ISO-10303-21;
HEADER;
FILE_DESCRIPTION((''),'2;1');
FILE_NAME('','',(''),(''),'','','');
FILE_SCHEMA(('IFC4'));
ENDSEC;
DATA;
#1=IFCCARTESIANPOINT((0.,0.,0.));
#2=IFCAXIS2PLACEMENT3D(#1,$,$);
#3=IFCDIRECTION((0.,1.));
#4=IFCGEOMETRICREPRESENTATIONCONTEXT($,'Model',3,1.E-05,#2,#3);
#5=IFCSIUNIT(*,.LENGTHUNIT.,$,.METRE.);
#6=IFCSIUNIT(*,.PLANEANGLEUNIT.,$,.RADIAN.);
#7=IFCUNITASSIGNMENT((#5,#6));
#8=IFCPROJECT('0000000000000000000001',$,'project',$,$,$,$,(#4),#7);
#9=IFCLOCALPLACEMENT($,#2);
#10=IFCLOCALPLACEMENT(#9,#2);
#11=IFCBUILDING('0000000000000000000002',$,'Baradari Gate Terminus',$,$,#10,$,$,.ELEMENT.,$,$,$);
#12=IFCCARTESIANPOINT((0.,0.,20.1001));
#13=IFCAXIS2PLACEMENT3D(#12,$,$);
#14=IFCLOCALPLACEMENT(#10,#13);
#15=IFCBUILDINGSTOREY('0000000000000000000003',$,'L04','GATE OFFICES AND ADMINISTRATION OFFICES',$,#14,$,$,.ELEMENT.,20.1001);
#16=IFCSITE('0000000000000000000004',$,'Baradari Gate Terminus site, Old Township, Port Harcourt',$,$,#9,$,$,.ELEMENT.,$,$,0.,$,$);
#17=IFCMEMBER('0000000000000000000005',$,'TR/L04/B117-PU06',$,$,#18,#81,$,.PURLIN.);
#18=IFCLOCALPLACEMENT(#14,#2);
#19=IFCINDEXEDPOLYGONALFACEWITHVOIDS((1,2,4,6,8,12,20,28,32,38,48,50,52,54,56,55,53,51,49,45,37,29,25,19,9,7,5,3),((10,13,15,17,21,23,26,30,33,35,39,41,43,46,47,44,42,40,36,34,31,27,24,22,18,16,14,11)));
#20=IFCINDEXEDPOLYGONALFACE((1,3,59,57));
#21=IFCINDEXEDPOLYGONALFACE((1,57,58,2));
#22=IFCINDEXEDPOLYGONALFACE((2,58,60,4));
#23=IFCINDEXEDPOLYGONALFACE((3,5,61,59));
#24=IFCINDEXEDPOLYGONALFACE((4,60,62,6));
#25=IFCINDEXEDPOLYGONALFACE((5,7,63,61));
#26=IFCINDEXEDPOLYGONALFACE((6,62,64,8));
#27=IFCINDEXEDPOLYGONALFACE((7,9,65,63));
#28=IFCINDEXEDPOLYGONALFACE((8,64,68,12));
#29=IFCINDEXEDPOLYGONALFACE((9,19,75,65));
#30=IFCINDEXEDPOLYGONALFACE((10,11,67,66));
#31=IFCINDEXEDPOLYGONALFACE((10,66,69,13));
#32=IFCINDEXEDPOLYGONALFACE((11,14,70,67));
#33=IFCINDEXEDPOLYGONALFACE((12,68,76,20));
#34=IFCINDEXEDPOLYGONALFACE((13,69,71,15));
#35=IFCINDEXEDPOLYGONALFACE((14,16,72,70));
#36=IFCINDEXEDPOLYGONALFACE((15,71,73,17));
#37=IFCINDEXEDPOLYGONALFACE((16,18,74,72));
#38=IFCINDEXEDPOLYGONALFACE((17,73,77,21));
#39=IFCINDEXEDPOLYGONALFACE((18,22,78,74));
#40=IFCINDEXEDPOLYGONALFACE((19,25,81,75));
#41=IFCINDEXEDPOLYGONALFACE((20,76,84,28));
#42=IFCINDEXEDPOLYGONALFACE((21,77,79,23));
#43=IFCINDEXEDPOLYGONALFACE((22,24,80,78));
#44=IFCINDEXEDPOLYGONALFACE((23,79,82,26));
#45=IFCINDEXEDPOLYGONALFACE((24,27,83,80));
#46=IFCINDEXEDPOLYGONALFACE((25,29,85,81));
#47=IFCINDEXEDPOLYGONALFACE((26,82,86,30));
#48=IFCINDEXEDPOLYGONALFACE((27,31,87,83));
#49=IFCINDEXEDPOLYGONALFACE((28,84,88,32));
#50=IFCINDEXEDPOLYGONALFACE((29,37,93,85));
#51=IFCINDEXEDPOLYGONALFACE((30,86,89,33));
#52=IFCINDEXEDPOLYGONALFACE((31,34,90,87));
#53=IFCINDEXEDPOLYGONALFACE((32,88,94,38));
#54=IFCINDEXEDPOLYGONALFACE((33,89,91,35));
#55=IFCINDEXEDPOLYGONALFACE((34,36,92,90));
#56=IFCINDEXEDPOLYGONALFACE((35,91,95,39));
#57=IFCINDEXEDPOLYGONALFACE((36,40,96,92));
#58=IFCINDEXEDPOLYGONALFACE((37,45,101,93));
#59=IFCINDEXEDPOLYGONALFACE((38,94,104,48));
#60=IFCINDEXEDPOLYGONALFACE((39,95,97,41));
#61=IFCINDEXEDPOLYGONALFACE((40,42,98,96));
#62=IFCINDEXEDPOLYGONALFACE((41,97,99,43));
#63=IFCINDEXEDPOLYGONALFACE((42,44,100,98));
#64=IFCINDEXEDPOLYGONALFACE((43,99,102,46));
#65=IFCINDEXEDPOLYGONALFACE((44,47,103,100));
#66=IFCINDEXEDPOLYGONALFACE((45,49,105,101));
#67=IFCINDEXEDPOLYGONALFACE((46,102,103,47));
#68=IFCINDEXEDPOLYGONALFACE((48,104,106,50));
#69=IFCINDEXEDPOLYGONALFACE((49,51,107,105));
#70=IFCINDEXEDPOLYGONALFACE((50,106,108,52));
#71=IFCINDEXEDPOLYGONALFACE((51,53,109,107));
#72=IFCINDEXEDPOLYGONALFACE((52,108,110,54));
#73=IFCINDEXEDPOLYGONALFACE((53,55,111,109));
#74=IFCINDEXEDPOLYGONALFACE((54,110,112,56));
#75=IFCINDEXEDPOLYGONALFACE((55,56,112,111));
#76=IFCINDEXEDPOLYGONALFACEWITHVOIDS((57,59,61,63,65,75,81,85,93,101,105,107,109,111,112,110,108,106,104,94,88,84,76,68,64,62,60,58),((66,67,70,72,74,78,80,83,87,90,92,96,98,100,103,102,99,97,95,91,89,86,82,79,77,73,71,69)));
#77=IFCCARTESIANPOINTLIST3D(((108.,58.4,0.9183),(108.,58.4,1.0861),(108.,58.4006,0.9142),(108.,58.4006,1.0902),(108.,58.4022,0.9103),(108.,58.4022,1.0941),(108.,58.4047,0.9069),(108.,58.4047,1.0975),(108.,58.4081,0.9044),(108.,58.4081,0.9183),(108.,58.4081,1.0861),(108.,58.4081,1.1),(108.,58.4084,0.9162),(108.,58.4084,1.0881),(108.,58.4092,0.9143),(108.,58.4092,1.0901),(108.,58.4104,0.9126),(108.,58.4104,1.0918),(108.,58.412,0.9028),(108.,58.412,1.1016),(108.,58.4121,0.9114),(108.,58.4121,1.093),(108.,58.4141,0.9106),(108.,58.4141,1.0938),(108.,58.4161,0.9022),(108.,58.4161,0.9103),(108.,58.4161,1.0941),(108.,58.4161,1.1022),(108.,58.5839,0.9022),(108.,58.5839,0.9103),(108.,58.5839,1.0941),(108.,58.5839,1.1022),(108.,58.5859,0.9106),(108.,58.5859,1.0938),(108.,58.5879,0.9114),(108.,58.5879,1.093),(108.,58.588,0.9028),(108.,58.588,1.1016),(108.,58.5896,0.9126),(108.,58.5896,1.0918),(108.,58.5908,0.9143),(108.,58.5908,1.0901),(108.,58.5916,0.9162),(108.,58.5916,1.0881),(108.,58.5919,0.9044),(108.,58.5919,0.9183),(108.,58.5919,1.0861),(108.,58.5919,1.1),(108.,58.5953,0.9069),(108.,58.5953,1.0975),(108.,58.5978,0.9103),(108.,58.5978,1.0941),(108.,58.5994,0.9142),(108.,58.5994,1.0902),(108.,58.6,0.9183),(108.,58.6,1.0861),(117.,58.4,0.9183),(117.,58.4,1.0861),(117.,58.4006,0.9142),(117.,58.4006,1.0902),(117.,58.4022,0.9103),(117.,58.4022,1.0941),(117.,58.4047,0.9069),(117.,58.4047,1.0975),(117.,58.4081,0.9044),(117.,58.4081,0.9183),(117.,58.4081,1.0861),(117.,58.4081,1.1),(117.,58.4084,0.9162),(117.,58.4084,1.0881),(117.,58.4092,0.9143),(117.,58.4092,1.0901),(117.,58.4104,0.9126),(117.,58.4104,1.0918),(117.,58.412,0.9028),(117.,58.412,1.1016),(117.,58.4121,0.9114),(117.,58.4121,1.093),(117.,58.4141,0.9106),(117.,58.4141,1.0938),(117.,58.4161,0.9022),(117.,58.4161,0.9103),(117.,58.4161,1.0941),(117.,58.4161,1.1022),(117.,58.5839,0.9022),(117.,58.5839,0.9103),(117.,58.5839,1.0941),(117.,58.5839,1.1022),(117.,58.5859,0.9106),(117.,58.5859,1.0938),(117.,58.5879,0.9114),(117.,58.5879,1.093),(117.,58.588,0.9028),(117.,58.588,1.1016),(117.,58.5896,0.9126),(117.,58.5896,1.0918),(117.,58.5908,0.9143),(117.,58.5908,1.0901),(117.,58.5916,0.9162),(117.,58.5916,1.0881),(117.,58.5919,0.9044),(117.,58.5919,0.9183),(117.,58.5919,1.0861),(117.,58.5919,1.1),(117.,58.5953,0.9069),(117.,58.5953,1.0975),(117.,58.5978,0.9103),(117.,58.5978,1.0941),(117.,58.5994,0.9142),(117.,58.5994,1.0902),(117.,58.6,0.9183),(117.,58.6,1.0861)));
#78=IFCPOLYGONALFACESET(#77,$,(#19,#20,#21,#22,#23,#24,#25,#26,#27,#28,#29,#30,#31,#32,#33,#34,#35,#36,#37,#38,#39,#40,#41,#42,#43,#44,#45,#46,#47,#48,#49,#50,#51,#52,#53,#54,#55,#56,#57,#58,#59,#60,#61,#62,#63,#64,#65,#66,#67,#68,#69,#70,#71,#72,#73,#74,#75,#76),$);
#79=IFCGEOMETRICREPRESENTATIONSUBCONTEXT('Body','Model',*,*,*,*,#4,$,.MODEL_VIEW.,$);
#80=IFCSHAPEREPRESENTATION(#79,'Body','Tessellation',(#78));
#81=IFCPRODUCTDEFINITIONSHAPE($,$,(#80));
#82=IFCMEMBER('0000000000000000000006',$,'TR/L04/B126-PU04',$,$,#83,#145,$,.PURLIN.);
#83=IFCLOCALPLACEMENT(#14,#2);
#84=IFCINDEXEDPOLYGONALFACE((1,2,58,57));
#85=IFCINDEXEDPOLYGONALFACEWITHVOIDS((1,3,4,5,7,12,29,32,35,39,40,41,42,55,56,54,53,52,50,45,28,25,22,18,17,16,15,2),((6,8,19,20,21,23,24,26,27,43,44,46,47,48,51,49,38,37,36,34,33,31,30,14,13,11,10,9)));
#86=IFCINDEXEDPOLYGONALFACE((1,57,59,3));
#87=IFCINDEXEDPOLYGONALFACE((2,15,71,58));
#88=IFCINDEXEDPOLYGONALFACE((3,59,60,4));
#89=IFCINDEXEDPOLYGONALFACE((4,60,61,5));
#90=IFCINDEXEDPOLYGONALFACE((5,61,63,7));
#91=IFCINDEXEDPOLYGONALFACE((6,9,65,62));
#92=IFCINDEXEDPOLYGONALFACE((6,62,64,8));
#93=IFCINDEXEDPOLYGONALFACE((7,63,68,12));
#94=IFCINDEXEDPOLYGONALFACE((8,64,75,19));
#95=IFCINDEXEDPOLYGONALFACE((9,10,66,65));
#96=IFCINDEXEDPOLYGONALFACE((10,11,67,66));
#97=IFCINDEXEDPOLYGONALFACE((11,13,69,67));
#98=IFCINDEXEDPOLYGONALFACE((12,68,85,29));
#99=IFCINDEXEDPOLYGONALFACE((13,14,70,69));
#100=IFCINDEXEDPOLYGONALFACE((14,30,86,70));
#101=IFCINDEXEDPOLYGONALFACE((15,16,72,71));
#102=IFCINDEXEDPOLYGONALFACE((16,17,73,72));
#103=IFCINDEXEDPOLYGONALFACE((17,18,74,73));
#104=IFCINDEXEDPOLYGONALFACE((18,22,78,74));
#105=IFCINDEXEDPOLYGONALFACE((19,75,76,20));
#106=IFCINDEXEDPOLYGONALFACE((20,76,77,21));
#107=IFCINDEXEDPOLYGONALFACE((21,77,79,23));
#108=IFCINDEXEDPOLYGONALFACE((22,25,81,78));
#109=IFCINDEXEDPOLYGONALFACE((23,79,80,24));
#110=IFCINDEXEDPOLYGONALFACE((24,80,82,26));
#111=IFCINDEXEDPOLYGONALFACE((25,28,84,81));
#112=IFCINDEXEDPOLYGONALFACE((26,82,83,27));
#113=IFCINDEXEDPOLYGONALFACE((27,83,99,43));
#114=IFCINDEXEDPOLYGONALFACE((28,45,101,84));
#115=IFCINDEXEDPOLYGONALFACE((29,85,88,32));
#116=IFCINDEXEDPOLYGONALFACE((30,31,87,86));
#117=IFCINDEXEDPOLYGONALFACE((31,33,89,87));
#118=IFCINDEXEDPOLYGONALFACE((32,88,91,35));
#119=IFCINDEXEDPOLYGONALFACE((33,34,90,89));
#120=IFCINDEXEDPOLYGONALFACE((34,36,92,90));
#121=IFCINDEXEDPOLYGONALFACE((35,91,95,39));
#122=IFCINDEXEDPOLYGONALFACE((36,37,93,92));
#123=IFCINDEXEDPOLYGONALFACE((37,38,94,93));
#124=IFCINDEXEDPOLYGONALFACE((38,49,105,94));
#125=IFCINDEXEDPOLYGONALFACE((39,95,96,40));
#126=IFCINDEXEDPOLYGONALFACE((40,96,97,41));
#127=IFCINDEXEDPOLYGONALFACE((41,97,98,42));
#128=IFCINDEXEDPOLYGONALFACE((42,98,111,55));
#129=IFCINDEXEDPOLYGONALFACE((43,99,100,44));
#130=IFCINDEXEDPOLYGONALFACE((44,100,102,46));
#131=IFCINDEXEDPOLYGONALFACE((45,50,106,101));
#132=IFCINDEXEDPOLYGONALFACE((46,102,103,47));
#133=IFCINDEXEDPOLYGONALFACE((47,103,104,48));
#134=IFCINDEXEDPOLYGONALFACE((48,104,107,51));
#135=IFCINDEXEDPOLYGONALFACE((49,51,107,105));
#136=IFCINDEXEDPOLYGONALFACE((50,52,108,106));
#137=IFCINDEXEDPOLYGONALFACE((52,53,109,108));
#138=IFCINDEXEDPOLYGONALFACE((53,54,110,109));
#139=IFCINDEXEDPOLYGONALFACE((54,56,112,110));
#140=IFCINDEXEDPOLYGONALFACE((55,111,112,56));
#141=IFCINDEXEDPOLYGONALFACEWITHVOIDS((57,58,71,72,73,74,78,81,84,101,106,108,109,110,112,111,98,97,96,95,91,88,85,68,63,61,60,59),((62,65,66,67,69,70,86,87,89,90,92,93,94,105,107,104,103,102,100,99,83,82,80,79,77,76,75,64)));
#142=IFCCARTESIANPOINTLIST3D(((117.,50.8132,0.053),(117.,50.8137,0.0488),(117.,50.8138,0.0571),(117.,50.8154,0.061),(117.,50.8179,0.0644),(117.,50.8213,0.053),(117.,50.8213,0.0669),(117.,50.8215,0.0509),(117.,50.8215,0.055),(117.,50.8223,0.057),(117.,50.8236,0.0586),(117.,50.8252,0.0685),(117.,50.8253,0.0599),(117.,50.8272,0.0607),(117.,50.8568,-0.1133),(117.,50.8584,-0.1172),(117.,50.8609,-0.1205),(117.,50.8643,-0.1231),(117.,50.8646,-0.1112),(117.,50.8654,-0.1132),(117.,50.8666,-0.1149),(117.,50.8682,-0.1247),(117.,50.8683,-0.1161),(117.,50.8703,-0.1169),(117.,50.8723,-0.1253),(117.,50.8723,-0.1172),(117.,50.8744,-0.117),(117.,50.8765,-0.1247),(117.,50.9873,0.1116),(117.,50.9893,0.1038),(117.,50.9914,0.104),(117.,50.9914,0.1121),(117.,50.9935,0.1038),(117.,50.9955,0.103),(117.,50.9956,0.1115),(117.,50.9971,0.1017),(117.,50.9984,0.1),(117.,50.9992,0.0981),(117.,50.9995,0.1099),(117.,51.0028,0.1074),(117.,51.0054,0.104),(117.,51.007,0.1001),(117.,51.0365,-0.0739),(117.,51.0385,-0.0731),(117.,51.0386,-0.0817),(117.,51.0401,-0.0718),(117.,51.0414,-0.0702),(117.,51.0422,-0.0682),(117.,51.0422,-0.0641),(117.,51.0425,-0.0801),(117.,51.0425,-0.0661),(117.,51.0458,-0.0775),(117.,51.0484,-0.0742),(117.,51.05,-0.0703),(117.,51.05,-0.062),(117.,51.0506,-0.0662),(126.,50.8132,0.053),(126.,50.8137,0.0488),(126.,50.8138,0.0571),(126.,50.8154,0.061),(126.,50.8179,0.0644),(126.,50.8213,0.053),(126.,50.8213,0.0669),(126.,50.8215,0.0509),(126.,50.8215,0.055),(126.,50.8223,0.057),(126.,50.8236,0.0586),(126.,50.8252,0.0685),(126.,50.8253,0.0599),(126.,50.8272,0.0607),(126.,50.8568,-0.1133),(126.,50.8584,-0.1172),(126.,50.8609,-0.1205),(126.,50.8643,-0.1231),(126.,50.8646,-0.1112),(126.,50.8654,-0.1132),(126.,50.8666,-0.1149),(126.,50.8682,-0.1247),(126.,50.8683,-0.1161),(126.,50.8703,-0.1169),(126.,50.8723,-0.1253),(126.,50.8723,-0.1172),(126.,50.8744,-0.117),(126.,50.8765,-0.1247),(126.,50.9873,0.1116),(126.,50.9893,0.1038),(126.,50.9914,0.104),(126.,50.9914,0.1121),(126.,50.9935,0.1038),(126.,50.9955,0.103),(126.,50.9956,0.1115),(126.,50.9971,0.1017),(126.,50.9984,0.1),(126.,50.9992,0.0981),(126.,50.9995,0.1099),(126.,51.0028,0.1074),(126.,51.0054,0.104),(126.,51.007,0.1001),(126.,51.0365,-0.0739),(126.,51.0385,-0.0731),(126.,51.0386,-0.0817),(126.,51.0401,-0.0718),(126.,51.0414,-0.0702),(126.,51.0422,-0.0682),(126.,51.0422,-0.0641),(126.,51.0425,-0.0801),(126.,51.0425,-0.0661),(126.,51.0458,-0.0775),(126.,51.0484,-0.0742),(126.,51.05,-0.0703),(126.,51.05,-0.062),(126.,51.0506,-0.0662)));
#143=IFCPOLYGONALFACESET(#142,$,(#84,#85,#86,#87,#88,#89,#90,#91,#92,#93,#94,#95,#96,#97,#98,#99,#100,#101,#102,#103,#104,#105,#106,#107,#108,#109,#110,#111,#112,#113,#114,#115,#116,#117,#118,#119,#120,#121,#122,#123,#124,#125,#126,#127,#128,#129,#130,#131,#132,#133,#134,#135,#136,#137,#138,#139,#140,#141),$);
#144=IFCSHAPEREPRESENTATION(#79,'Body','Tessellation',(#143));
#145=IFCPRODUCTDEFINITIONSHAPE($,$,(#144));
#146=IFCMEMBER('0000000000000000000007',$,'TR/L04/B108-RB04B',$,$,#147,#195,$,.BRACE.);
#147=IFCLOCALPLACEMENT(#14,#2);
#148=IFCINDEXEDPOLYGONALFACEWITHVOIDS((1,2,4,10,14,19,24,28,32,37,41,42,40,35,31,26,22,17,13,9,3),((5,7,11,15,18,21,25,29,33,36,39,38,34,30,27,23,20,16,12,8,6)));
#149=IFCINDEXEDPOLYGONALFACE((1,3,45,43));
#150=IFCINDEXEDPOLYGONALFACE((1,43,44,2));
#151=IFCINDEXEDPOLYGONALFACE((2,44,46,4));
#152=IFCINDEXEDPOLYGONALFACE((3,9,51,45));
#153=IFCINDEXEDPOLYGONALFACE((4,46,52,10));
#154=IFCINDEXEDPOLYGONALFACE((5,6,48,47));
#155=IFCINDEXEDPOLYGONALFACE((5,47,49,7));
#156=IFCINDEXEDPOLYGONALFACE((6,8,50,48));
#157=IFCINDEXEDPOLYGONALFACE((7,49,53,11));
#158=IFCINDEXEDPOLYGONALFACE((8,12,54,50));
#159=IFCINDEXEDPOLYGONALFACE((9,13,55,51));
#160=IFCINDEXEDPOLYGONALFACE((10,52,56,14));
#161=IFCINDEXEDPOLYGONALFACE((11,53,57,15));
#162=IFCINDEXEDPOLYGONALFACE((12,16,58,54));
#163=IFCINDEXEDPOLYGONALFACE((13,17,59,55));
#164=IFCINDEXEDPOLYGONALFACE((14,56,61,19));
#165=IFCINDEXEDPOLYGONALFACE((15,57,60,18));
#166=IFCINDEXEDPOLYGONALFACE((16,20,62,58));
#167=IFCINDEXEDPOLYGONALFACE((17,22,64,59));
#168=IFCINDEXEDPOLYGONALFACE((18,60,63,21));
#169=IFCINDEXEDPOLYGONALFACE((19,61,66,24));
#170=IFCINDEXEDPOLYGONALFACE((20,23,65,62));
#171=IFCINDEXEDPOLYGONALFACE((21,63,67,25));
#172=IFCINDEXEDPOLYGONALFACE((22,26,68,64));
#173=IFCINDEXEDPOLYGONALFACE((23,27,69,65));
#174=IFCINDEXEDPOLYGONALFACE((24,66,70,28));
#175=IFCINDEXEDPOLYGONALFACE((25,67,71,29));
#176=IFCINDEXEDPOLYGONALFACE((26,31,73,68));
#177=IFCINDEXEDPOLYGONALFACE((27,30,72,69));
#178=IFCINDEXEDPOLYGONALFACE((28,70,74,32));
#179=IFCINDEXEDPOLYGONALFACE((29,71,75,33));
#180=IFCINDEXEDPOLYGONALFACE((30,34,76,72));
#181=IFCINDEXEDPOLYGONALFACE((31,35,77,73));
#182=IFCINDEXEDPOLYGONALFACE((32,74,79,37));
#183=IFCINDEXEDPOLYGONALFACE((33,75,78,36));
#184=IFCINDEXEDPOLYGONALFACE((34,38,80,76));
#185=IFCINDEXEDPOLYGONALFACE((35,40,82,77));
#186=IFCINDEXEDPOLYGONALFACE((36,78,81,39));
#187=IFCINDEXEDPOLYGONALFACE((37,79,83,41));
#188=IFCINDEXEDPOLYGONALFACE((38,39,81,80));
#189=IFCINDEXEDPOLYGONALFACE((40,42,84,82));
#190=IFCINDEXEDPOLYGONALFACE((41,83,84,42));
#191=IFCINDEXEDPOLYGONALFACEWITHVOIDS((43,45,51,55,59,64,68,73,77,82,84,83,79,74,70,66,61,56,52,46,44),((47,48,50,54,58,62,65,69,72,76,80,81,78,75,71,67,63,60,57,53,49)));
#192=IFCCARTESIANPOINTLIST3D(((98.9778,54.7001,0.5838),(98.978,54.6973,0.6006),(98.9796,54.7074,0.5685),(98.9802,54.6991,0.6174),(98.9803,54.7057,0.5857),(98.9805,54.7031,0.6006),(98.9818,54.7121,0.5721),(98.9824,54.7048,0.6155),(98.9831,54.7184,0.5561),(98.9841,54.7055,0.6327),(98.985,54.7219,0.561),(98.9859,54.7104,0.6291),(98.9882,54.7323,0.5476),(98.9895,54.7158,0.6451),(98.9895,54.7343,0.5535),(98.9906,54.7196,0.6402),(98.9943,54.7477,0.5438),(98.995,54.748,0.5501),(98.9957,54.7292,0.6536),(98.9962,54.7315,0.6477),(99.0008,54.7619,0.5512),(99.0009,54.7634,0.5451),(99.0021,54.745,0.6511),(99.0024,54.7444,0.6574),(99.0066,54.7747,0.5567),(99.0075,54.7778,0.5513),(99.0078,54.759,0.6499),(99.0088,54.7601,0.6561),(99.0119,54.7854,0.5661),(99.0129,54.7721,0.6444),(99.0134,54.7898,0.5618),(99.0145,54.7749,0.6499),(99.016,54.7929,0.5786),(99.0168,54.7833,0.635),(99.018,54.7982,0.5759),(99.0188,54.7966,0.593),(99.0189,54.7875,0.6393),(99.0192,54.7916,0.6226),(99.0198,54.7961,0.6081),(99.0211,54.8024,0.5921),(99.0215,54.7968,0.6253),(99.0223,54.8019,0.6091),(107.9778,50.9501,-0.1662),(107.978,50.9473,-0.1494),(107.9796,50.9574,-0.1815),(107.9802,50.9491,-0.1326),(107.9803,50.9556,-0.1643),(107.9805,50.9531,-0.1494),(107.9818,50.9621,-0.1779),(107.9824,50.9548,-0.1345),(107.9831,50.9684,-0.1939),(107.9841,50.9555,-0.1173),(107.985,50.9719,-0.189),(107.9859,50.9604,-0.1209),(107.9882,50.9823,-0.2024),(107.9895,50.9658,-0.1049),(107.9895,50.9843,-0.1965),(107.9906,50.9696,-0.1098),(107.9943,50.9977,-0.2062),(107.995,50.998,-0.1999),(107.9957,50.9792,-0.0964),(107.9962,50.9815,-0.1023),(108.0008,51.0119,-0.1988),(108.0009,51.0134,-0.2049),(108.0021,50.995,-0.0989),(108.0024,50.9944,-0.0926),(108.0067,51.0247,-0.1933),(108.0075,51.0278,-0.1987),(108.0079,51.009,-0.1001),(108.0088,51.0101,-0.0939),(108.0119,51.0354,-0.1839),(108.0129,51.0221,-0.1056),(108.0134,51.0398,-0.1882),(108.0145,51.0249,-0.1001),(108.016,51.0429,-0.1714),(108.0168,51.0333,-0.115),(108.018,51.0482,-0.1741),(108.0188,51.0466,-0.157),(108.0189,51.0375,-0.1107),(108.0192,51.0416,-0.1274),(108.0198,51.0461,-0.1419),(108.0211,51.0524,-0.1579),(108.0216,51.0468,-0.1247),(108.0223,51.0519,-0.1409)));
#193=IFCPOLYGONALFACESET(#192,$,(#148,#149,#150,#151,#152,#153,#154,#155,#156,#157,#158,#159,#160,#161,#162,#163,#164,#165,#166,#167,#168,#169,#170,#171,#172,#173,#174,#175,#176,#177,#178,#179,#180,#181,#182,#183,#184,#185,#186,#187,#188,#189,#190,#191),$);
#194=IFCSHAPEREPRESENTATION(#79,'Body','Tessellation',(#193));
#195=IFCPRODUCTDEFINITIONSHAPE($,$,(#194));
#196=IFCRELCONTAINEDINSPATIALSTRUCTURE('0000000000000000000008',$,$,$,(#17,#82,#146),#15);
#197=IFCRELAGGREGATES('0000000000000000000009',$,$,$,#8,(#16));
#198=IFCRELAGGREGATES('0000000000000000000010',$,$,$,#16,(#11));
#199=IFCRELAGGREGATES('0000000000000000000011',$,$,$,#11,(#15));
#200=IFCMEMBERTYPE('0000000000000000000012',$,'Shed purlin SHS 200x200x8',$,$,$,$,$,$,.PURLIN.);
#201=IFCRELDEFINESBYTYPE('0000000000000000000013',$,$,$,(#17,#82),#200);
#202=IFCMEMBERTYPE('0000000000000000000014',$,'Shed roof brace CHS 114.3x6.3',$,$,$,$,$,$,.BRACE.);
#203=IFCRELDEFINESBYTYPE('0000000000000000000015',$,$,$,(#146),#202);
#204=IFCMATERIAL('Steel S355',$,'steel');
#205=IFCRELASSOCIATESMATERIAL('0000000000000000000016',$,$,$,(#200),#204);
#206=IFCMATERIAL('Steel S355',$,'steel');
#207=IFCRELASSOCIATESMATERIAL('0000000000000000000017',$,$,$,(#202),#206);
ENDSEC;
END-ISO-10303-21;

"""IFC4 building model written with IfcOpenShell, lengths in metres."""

from ifc_helpers import new_model, si_unit, direction, frame, origin, origin_2d, place, context, subcontext, project, spatial, hollow_rectangle, hollow_circle, extrude, material, material_profile, profile_set, type_object, element, save


model = new_model("IFC4")

# Units and contexts
model_context = context("Model", 3, precision=1e-05, world=origin(), true_north=direction((0.0, 1.0)))
body_context = subcontext(model_context, "Body", "Model", "MODEL_VIEW")
ifc_project = project(units=[si_unit("LENGTHUNIT", "METRE"), si_unit("PLANEANGLEUNIT", "RADIAN")], contexts=[model_context])

# Site, building, storey
site_placement = place(None, origin())
site = spatial("IfcSite", under=ifc_project, at=site_placement, Name="Baradari Gate Terminus site, Old Township, Port Harcourt", CompositionType="ELEMENT", RefElevation=0.0)
building_placement = place(site_placement, origin())
building = spatial("IfcBuilding", under=site, at=building_placement, Name="Baradari Gate Terminus", CompositionType="ELEMENT")
storey_placement = place(building_placement, frame((0.0, 0.0, 20.1001)))
storey = spatial("IfcBuildingStorey", under=building, at=storey_placement, Name="L04", Description="GATE OFFICES AND ADMINISTRATION OFFICES", CompositionType="ELEMENT", Elevation=20.1001)

# Members
ifc_material_1 = material(Name="Steel S355", Category="steel")
ifc_material_profile_1 = material_profile(ifc_material_1, hollow_rectangle(XDim=0.2, YDim=0.2, WallThickness=0.0081, InnerFilletRadius=0.0081, OuterFilletRadius=0.0161, at=origin_2d()), Name="SHS 200x200x8")
ifc_profile_set_1 = profile_set([ifc_material_profile_1], Name="Steel S355")
member_type_1 = type_object("IfcMemberType", Name="Shed purlin SHS 200x200x8", PredefinedType="PURLIN", material=ifc_profile_set_1)
for number, where, z_axis, x_axis, name in (
    (1, (108.0, 58.5, 1.0022), (1.0, 0.0, 0.0), (0.0, 1.0, 0.0), "TR/L04/B117-PU06"),
    (2, (117.0, 50.9319, -0.0066), (1.0, 0.0, 0.0), (0.0, 0.9665, 0.256668), "TR/L04/B126-PU04"),
):
    element("IfcMember", number, at=place(storey_placement, frame(where, z_axis=z_axis, x_axis=x_axis)), inside=storey, type_object=member_type_1, Name=name, PredefinedType="PURLIN", context=body_context, shape_type="SweptSolid", body=[
        extrude(hollow_rectangle(XDim=0.2, YDim=0.2, WallThickness=0.0081, InnerFilletRadius=0.0081, OuterFilletRadius=0.0161, at=origin_2d()), origin(), (0.0, 0.0, 1.0), 9.0),
    ])
ifc_material_2 = material(Name="Steel S355", Category="steel")
ifc_material_profile_2 = material_profile(ifc_material_2, hollow_circle(Radius=0.0571, WallThickness=0.0063, at=origin_2d()), Name="CHS 114.3x6.3")
ifc_profile_set_2 = profile_set([ifc_material_profile_2], Name="Steel S355")
member_type_2 = type_object("IfcMemberType", Name="Shed roof brace CHS 114.3x6.3", PredefinedType="BRACE", material=ifc_profile_set_2)
member_1_placement = place(storey_placement, frame((108.0, 51.0, -0.1494), z_axis=(-0.920358, 0.383482, 0.076696), x_axis=(-0.384615, -0.923077, 0.0)))
element("IfcMember", 3, at=member_1_placement, inside=storey, type_object=member_type_2, Name="TR/L04/B108-RB04B", PredefinedType="BRACE", context=body_context, shape_type="SweptSolid", body=[
    extrude(hollow_circle(Radius=0.0571, WallThickness=0.0063, at=origin_2d()), origin(), (0.0, 0.0, 1.0), 9.7788),
])

save(model, "model.ifc")
